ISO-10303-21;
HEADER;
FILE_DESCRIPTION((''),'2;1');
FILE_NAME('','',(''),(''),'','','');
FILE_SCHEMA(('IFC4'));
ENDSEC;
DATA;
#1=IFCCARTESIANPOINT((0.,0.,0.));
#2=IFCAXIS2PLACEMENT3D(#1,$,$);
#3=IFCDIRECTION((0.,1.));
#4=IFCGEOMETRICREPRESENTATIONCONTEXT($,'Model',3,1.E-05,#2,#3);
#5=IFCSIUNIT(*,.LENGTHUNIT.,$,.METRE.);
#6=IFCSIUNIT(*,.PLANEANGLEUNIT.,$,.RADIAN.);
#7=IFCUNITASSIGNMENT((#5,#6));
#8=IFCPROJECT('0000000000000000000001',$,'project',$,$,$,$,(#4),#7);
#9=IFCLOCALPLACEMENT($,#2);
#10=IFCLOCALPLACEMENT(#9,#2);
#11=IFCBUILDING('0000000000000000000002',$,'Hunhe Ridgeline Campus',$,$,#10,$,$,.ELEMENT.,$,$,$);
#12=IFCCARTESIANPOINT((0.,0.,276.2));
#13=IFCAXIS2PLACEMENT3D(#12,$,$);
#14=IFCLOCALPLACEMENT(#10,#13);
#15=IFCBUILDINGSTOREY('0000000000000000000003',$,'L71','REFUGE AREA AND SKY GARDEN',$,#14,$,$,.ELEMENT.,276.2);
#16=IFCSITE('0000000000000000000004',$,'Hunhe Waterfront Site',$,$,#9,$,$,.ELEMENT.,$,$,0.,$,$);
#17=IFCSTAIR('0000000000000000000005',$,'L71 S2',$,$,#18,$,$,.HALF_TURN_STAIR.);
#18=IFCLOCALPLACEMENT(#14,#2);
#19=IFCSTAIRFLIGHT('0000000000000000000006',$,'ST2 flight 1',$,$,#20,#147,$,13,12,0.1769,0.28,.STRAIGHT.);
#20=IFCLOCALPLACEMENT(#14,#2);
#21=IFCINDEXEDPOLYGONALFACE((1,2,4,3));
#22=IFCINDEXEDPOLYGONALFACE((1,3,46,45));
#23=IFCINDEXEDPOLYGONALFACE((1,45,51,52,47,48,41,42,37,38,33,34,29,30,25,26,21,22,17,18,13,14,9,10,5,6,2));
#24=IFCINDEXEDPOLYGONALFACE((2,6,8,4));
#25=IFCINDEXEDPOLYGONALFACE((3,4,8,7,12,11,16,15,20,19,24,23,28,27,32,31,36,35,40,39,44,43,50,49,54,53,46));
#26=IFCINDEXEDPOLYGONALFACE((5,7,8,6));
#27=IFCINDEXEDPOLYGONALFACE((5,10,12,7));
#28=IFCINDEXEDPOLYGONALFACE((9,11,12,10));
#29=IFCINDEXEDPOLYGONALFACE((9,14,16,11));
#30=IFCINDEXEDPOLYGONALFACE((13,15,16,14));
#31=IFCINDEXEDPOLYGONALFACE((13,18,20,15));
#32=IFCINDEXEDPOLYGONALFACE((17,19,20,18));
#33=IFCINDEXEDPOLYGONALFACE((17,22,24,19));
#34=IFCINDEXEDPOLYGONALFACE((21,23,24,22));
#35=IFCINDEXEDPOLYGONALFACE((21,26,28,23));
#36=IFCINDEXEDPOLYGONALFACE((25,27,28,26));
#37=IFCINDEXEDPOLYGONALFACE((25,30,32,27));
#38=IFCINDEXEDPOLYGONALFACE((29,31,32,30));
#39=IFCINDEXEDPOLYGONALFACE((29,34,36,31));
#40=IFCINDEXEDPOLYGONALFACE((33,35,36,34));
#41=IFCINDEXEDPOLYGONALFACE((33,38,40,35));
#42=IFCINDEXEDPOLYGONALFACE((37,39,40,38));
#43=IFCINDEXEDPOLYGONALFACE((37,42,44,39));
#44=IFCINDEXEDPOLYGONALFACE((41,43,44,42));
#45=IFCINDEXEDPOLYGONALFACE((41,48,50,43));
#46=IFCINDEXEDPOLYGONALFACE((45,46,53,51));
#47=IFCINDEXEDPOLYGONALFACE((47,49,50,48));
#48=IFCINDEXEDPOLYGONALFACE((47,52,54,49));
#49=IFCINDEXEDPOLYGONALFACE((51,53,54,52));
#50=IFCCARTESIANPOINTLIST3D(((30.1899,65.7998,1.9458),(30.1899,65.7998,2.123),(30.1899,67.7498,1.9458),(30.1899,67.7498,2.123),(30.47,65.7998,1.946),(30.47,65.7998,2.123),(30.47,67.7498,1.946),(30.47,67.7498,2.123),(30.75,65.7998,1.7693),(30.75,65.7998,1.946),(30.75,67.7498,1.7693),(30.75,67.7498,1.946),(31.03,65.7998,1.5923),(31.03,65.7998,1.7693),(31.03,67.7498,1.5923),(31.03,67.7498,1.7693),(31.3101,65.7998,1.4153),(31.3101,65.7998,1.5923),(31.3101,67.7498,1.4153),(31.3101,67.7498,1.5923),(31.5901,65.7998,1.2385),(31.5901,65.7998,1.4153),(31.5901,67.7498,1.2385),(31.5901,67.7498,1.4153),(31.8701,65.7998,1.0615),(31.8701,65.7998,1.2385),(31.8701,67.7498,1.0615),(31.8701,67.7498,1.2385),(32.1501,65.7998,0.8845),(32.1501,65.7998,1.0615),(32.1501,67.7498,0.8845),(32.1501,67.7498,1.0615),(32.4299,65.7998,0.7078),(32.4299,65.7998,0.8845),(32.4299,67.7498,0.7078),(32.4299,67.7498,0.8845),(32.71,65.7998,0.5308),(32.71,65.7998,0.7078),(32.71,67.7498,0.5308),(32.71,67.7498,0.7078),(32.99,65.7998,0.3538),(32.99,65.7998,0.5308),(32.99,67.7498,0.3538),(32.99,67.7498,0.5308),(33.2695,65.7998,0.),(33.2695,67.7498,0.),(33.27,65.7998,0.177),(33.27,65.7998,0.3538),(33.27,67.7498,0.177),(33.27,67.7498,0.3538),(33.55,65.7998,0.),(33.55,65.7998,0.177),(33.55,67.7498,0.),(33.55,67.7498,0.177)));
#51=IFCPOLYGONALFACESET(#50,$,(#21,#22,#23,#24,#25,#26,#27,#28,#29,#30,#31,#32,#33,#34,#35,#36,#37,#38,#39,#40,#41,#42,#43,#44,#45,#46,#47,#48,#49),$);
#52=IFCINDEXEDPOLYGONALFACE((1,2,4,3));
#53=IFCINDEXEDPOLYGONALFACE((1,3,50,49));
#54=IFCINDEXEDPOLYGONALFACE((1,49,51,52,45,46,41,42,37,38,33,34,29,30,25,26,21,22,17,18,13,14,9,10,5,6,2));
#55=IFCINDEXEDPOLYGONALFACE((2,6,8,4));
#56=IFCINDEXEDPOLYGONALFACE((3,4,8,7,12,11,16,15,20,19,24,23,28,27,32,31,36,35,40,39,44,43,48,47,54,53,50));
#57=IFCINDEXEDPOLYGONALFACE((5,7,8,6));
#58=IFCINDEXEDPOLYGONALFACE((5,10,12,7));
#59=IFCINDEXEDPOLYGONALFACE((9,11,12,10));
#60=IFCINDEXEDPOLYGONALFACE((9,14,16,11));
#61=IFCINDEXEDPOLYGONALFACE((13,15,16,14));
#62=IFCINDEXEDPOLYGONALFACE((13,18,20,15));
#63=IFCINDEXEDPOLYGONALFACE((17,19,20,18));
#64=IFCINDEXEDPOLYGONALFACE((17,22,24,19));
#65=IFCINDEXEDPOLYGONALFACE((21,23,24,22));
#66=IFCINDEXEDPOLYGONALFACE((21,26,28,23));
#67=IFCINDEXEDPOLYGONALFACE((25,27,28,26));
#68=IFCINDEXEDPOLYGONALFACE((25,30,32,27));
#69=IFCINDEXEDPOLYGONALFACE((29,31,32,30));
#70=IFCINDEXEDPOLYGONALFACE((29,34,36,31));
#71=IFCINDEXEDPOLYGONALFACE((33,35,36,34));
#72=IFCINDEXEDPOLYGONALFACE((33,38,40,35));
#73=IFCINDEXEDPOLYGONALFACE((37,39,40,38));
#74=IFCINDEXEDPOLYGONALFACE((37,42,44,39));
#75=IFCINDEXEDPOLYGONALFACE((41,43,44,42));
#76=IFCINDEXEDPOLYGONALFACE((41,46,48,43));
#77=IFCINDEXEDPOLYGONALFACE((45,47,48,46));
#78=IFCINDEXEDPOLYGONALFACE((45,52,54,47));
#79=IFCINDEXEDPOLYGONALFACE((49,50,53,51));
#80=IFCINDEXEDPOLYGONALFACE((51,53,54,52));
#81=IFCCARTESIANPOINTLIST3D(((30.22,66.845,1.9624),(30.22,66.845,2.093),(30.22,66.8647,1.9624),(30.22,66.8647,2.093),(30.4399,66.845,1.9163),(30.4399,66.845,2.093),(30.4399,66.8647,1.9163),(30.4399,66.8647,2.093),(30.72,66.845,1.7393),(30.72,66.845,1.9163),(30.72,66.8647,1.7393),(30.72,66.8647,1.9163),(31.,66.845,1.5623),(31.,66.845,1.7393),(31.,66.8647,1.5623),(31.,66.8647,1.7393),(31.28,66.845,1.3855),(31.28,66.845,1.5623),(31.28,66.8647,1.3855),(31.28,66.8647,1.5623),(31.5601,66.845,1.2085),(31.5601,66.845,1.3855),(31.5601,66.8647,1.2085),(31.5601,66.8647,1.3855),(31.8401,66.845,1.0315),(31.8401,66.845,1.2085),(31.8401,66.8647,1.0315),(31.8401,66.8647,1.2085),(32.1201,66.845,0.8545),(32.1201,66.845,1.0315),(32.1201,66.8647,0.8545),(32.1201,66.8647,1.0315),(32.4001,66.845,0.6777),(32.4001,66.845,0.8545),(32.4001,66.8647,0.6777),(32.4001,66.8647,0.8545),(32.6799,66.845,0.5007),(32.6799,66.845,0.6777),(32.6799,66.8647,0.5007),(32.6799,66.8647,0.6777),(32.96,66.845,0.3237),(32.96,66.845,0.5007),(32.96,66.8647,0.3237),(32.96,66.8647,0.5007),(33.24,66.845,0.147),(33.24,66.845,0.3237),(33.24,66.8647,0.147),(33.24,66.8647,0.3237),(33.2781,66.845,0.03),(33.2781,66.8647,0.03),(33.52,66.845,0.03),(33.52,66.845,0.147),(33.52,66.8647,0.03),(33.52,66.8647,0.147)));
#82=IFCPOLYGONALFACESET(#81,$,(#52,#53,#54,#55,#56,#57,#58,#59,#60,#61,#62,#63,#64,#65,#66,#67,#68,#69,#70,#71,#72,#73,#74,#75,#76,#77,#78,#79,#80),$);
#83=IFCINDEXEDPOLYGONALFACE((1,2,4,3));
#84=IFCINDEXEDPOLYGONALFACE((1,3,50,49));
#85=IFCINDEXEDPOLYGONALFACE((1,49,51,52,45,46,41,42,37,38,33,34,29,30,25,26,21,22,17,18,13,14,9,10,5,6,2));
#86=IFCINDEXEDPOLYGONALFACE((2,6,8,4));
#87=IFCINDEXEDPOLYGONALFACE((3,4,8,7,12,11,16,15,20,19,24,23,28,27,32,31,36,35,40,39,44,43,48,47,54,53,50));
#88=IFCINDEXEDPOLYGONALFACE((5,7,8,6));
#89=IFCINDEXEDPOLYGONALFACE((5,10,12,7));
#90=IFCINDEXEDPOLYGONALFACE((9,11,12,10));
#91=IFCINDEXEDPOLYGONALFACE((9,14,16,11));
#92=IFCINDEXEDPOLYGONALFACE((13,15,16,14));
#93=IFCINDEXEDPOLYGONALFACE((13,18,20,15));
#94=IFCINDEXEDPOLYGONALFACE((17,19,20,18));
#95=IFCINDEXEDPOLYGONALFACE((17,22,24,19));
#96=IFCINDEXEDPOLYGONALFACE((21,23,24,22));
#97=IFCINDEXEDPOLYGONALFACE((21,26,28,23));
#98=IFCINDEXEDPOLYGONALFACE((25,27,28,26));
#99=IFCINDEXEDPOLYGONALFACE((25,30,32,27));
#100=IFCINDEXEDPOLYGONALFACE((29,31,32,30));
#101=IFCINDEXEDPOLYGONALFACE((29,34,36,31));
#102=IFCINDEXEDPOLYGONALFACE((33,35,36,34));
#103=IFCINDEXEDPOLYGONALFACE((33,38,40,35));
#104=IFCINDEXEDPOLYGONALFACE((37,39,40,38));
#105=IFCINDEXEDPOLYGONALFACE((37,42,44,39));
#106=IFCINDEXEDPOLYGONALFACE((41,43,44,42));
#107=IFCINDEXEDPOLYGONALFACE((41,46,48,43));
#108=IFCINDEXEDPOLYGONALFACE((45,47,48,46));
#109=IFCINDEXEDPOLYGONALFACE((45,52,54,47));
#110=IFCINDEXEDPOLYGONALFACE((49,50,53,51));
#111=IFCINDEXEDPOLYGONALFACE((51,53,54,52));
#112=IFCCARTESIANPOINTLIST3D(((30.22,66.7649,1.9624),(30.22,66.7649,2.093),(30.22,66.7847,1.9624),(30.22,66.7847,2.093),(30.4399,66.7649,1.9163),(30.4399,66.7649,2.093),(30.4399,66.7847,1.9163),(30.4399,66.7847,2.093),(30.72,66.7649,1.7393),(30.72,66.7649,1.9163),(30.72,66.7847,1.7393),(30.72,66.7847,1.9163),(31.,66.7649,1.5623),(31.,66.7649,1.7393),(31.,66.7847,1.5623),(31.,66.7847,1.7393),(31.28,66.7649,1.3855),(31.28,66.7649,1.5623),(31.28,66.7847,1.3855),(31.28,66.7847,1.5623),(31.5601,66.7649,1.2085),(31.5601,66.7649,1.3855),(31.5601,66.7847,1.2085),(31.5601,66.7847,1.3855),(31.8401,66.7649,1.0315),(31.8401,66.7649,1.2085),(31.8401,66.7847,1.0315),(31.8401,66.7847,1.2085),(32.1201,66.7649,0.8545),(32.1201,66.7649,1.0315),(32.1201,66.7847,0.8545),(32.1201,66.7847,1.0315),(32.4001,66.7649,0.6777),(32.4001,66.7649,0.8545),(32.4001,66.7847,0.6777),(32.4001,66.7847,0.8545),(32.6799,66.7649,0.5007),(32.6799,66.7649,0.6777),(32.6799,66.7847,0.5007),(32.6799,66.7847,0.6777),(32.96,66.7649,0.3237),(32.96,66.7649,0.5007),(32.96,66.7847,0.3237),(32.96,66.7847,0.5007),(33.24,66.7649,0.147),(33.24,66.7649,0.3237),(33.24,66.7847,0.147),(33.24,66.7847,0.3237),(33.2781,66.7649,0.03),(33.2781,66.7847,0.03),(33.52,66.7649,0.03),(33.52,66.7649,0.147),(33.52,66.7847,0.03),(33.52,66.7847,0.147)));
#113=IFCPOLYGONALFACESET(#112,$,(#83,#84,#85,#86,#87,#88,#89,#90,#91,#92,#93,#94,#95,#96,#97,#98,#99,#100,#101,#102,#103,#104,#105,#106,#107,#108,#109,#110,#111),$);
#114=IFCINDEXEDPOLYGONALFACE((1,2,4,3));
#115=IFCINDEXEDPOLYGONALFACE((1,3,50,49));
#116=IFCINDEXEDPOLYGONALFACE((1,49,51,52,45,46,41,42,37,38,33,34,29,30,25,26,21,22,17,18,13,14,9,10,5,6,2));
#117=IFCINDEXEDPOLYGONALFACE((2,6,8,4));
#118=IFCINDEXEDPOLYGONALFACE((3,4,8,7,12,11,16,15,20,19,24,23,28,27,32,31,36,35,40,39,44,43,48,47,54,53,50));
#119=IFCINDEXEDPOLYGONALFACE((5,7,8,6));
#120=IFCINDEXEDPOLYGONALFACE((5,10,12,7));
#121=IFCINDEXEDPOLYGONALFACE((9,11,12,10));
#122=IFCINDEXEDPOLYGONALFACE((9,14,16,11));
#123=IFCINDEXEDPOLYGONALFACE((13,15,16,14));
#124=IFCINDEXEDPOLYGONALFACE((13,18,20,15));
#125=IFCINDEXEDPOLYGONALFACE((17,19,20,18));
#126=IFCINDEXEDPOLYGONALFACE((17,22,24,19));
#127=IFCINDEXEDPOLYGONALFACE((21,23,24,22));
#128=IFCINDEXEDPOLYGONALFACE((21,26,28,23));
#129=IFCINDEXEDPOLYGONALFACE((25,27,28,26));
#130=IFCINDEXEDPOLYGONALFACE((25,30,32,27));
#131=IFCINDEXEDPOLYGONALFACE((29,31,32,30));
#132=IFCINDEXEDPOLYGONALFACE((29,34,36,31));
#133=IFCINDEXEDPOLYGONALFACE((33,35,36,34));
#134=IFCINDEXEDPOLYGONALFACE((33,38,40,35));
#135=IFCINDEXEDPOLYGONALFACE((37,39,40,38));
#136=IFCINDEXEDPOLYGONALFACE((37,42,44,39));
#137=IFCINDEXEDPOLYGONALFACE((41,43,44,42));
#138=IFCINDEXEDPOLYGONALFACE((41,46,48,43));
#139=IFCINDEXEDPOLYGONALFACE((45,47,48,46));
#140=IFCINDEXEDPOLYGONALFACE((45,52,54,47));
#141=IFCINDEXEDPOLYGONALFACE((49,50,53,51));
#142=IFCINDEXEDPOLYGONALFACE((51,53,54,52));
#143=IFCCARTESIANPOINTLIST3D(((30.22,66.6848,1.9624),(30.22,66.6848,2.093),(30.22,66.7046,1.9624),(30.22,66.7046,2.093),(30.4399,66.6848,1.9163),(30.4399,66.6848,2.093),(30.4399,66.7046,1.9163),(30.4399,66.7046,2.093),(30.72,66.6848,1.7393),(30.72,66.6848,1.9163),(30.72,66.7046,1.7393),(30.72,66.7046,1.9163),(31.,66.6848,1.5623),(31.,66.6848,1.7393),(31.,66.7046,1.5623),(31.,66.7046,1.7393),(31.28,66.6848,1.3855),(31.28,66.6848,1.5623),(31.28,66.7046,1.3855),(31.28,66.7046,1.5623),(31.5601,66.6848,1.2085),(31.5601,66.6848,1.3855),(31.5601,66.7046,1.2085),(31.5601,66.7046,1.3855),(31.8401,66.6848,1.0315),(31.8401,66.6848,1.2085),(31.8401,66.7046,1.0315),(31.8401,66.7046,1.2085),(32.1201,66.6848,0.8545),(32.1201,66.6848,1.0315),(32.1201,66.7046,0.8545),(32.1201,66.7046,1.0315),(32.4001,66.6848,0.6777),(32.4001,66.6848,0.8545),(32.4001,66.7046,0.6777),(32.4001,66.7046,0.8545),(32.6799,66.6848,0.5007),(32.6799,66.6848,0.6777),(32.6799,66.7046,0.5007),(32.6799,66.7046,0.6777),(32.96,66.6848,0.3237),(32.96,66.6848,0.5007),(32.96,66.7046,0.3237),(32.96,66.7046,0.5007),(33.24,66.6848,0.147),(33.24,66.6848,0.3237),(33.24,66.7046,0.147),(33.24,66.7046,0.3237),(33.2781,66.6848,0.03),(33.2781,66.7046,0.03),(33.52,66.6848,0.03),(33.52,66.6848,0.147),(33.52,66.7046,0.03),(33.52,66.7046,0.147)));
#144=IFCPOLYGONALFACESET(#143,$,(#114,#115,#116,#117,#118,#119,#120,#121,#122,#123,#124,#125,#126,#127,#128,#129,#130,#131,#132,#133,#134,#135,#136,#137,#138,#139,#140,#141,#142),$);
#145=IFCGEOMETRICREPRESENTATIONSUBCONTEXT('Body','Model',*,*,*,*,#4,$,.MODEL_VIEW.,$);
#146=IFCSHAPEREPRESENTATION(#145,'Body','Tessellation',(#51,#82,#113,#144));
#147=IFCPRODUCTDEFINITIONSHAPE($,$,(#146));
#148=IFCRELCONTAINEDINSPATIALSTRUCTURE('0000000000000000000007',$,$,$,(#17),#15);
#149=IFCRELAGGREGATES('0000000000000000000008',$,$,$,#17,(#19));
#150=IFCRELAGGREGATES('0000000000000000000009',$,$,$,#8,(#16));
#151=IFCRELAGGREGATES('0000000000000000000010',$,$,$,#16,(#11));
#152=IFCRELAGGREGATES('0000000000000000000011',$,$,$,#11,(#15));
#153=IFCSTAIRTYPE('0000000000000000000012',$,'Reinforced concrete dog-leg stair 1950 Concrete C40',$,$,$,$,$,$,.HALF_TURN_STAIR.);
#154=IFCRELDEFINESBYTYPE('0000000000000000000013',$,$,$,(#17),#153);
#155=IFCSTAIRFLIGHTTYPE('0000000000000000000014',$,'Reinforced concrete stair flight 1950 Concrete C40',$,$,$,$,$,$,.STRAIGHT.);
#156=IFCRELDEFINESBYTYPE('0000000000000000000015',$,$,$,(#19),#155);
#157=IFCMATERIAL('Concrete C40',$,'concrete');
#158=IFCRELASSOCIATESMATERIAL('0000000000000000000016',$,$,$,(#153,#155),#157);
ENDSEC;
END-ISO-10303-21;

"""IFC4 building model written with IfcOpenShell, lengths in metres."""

from ifc_helpers import new_model, si_unit, direction, frame, origin, place, context, subcontext, project, spatial, polyline, outline, extrude, material, type_object, element, aggregate, save


model = new_model("IFC4")

# Units and contexts
model_context = context("Model", 3, precision=1e-05, world=origin(), true_north=direction((0.0, 1.0)))
body_context = subcontext(model_context, "Body", "Model", "MODEL_VIEW")
ifc_project = project(units=[si_unit("LENGTHUNIT", "METRE"), si_unit("PLANEANGLEUNIT", "RADIAN")], contexts=[model_context])

# Site, building, storey
site_placement = place(None, origin())
site = spatial("IfcSite", under=ifc_project, at=site_placement, Name="Hunhe Waterfront Site", CompositionType="ELEMENT", RefElevation=0.0)
building_placement = place(site_placement, origin())
building = spatial("IfcBuilding", under=site, at=building_placement, Name="Hunhe Ridgeline Campus", CompositionType="ELEMENT")
storey_placement = place(building_placement, frame((0.0, 0.0, 276.2)))
storey = spatial("IfcBuildingStorey", under=building, at=storey_placement, Name="L71", Description="REFUGE AREA AND SKY GARDEN", CompositionType="ELEMENT", Elevation=276.2)

# Stair, stair flight
ifc_material_1 = material(Name="Concrete C40", Category="concrete")
stair_type = type_object("IfcStairType", Name="Reinforced concrete dog-leg stair 1950 Concrete C40", PredefinedType="HALF_TURN_STAIR", material=ifc_material_1)
stair_placement = place(storey_placement, origin())
stair = element("IfcStair", 1, at=stair_placement, inside=storey, type_object=stair_type, Name="L71 S2", PredefinedType="HALF_TURN_STAIR")
stair_flight_type = type_object("IfcStairFlightType", Name="Reinforced concrete stair flight 1950 Concrete C40", PredefinedType="STRAIGHT", material=ifc_material_1)
stair_flight_1_placement = place(storey_placement, frame((33.55, 66.7749, 0.0), z_axis=(0.0, 0.0, 1.0), x_axis=(-1.0, 0.0, 0.0)))
stair_flight_1 = element("IfcStairFlight", 2, at=stair_flight_1_placement, type_object=stair_flight_type, Name="ST2 flight 1", NumberOfRisers=13, NumberOfTreads=12, PredefinedType="STRAIGHT", RiserHeight=0.1769, TreadLength=0.28, context=body_context, shape_type="SweptSolid", body=[
    extrude(outline(polyline([(0.0, 0.0), (0.0, 0.177), (0.28, 0.177), (0.28, 0.3538), (0.5601, 0.3538), (0.5601, 0.5308), (0.8401, 0.5308), (0.8401, 0.7078), (1.1201, 0.7078), (1.1201, 0.8845), (1.3999, 0.8845), (1.3999, 1.0615), (1.6799, 1.0615), (1.6799, 1.2385), (1.96, 1.2385), (1.96, 1.4153), (2.24, 1.4153), (2.24, 1.5923), (2.52, 1.5923), (2.52, 1.7693), (2.8, 1.7693), (2.8, 1.946), (3.0801, 1.946), (3.0801, 2.123), (3.3601, 2.123), (3.3601, 2.3), (3.3601, 1.9458), (0.2805, 0.0), (0.0, 0.0)])), frame((0.0, 0.9751, 0.0), z_axis=(0.0, -1.0, 0.0), x_axis=(1.0, 0.0, 0.0)), (0.0, 0.0, 1.0), 1.95),
    extrude(outline(polyline([(0.03, 0.03), (0.03, 0.147), (0.3101, 0.147), (0.3101, 0.3237), (0.5901, 0.3237), (0.5901, 0.5007), (0.8701, 0.5007), (0.8701, 0.6777), (1.1499, 0.6777), (1.1499, 0.8545), (1.4299, 0.8545), (1.4299, 1.0315), (1.71, 1.0315), (1.71, 1.2085), (1.99, 1.2085), (1.99, 1.3855), (2.27, 1.3855), (2.27, 1.5623), (2.55, 1.5623), (2.55, 1.7393), (2.8301, 1.7393), (2.8301, 1.9163), (3.1101, 1.9163), (3.1101, 2.093), (3.3301, 2.093), (3.3301, 1.9624), (0.272, 0.03), (0.03, 0.03)])), frame((0.0, -0.0701, 0.0), z_axis=(0.0, -1.0, 0.0), x_axis=(1.0, 0.0, 0.0)), (0.0, 0.0, 1.0), 0.0198),
    extrude(outline(polyline([(0.03, 0.03), (0.03, 0.147), (0.3101, 0.147), (0.3101, 0.3237), (0.5901, 0.3237), (0.5901, 0.5007), (0.8701, 0.5007), (0.8701, 0.6777), (1.1499, 0.6777), (1.1499, 0.8545), (1.4299, 0.8545), (1.4299, 1.0315), (1.71, 1.0315), (1.71, 1.2085), (1.99, 1.2085), (1.99, 1.3855), (2.27, 1.3855), (2.27, 1.5623), (2.55, 1.5623), (2.55, 1.7393), (2.8301, 1.7393), (2.8301, 1.9163), (3.1101, 1.9163), (3.1101, 2.093), (3.3301, 2.093), (3.3301, 1.9624), (0.272, 0.03), (0.03, 0.03)])), frame((0.0, 0.01, 0.0), z_axis=(0.0, -1.0, 0.0), x_axis=(1.0, 0.0, 0.0)), (0.0, 0.0, 1.0), 0.0198),
    extrude(outline(polyline([(0.03, 0.03), (0.03, 0.147), (0.3101, 0.147), (0.3101, 0.3237), (0.5901, 0.3237), (0.5901, 0.5007), (0.8701, 0.5007), (0.8701, 0.6777), (1.1499, 0.6777), (1.1499, 0.8545), (1.4299, 0.8545), (1.4299, 1.0315), (1.71, 1.0315), (1.71, 1.2085), (1.99, 1.2085), (1.99, 1.3855), (2.27, 1.3855), (2.27, 1.5623), (2.55, 1.5623), (2.55, 1.7393), (2.8301, 1.7393), (2.8301, 1.9163), (3.1101, 1.9163), (3.1101, 2.093), (3.3301, 2.093), (3.3301, 1.9624), (0.272, 0.03), (0.03, 0.03)])), frame((0.0, 0.0901, 0.0), z_axis=(0.0, -1.0, 0.0), x_axis=(1.0, 0.0, 0.0)), (0.0, 0.0, 1.0), 0.0198),
])
aggregate(stair, [stair_flight_1])

save(model, "model.ifc")
